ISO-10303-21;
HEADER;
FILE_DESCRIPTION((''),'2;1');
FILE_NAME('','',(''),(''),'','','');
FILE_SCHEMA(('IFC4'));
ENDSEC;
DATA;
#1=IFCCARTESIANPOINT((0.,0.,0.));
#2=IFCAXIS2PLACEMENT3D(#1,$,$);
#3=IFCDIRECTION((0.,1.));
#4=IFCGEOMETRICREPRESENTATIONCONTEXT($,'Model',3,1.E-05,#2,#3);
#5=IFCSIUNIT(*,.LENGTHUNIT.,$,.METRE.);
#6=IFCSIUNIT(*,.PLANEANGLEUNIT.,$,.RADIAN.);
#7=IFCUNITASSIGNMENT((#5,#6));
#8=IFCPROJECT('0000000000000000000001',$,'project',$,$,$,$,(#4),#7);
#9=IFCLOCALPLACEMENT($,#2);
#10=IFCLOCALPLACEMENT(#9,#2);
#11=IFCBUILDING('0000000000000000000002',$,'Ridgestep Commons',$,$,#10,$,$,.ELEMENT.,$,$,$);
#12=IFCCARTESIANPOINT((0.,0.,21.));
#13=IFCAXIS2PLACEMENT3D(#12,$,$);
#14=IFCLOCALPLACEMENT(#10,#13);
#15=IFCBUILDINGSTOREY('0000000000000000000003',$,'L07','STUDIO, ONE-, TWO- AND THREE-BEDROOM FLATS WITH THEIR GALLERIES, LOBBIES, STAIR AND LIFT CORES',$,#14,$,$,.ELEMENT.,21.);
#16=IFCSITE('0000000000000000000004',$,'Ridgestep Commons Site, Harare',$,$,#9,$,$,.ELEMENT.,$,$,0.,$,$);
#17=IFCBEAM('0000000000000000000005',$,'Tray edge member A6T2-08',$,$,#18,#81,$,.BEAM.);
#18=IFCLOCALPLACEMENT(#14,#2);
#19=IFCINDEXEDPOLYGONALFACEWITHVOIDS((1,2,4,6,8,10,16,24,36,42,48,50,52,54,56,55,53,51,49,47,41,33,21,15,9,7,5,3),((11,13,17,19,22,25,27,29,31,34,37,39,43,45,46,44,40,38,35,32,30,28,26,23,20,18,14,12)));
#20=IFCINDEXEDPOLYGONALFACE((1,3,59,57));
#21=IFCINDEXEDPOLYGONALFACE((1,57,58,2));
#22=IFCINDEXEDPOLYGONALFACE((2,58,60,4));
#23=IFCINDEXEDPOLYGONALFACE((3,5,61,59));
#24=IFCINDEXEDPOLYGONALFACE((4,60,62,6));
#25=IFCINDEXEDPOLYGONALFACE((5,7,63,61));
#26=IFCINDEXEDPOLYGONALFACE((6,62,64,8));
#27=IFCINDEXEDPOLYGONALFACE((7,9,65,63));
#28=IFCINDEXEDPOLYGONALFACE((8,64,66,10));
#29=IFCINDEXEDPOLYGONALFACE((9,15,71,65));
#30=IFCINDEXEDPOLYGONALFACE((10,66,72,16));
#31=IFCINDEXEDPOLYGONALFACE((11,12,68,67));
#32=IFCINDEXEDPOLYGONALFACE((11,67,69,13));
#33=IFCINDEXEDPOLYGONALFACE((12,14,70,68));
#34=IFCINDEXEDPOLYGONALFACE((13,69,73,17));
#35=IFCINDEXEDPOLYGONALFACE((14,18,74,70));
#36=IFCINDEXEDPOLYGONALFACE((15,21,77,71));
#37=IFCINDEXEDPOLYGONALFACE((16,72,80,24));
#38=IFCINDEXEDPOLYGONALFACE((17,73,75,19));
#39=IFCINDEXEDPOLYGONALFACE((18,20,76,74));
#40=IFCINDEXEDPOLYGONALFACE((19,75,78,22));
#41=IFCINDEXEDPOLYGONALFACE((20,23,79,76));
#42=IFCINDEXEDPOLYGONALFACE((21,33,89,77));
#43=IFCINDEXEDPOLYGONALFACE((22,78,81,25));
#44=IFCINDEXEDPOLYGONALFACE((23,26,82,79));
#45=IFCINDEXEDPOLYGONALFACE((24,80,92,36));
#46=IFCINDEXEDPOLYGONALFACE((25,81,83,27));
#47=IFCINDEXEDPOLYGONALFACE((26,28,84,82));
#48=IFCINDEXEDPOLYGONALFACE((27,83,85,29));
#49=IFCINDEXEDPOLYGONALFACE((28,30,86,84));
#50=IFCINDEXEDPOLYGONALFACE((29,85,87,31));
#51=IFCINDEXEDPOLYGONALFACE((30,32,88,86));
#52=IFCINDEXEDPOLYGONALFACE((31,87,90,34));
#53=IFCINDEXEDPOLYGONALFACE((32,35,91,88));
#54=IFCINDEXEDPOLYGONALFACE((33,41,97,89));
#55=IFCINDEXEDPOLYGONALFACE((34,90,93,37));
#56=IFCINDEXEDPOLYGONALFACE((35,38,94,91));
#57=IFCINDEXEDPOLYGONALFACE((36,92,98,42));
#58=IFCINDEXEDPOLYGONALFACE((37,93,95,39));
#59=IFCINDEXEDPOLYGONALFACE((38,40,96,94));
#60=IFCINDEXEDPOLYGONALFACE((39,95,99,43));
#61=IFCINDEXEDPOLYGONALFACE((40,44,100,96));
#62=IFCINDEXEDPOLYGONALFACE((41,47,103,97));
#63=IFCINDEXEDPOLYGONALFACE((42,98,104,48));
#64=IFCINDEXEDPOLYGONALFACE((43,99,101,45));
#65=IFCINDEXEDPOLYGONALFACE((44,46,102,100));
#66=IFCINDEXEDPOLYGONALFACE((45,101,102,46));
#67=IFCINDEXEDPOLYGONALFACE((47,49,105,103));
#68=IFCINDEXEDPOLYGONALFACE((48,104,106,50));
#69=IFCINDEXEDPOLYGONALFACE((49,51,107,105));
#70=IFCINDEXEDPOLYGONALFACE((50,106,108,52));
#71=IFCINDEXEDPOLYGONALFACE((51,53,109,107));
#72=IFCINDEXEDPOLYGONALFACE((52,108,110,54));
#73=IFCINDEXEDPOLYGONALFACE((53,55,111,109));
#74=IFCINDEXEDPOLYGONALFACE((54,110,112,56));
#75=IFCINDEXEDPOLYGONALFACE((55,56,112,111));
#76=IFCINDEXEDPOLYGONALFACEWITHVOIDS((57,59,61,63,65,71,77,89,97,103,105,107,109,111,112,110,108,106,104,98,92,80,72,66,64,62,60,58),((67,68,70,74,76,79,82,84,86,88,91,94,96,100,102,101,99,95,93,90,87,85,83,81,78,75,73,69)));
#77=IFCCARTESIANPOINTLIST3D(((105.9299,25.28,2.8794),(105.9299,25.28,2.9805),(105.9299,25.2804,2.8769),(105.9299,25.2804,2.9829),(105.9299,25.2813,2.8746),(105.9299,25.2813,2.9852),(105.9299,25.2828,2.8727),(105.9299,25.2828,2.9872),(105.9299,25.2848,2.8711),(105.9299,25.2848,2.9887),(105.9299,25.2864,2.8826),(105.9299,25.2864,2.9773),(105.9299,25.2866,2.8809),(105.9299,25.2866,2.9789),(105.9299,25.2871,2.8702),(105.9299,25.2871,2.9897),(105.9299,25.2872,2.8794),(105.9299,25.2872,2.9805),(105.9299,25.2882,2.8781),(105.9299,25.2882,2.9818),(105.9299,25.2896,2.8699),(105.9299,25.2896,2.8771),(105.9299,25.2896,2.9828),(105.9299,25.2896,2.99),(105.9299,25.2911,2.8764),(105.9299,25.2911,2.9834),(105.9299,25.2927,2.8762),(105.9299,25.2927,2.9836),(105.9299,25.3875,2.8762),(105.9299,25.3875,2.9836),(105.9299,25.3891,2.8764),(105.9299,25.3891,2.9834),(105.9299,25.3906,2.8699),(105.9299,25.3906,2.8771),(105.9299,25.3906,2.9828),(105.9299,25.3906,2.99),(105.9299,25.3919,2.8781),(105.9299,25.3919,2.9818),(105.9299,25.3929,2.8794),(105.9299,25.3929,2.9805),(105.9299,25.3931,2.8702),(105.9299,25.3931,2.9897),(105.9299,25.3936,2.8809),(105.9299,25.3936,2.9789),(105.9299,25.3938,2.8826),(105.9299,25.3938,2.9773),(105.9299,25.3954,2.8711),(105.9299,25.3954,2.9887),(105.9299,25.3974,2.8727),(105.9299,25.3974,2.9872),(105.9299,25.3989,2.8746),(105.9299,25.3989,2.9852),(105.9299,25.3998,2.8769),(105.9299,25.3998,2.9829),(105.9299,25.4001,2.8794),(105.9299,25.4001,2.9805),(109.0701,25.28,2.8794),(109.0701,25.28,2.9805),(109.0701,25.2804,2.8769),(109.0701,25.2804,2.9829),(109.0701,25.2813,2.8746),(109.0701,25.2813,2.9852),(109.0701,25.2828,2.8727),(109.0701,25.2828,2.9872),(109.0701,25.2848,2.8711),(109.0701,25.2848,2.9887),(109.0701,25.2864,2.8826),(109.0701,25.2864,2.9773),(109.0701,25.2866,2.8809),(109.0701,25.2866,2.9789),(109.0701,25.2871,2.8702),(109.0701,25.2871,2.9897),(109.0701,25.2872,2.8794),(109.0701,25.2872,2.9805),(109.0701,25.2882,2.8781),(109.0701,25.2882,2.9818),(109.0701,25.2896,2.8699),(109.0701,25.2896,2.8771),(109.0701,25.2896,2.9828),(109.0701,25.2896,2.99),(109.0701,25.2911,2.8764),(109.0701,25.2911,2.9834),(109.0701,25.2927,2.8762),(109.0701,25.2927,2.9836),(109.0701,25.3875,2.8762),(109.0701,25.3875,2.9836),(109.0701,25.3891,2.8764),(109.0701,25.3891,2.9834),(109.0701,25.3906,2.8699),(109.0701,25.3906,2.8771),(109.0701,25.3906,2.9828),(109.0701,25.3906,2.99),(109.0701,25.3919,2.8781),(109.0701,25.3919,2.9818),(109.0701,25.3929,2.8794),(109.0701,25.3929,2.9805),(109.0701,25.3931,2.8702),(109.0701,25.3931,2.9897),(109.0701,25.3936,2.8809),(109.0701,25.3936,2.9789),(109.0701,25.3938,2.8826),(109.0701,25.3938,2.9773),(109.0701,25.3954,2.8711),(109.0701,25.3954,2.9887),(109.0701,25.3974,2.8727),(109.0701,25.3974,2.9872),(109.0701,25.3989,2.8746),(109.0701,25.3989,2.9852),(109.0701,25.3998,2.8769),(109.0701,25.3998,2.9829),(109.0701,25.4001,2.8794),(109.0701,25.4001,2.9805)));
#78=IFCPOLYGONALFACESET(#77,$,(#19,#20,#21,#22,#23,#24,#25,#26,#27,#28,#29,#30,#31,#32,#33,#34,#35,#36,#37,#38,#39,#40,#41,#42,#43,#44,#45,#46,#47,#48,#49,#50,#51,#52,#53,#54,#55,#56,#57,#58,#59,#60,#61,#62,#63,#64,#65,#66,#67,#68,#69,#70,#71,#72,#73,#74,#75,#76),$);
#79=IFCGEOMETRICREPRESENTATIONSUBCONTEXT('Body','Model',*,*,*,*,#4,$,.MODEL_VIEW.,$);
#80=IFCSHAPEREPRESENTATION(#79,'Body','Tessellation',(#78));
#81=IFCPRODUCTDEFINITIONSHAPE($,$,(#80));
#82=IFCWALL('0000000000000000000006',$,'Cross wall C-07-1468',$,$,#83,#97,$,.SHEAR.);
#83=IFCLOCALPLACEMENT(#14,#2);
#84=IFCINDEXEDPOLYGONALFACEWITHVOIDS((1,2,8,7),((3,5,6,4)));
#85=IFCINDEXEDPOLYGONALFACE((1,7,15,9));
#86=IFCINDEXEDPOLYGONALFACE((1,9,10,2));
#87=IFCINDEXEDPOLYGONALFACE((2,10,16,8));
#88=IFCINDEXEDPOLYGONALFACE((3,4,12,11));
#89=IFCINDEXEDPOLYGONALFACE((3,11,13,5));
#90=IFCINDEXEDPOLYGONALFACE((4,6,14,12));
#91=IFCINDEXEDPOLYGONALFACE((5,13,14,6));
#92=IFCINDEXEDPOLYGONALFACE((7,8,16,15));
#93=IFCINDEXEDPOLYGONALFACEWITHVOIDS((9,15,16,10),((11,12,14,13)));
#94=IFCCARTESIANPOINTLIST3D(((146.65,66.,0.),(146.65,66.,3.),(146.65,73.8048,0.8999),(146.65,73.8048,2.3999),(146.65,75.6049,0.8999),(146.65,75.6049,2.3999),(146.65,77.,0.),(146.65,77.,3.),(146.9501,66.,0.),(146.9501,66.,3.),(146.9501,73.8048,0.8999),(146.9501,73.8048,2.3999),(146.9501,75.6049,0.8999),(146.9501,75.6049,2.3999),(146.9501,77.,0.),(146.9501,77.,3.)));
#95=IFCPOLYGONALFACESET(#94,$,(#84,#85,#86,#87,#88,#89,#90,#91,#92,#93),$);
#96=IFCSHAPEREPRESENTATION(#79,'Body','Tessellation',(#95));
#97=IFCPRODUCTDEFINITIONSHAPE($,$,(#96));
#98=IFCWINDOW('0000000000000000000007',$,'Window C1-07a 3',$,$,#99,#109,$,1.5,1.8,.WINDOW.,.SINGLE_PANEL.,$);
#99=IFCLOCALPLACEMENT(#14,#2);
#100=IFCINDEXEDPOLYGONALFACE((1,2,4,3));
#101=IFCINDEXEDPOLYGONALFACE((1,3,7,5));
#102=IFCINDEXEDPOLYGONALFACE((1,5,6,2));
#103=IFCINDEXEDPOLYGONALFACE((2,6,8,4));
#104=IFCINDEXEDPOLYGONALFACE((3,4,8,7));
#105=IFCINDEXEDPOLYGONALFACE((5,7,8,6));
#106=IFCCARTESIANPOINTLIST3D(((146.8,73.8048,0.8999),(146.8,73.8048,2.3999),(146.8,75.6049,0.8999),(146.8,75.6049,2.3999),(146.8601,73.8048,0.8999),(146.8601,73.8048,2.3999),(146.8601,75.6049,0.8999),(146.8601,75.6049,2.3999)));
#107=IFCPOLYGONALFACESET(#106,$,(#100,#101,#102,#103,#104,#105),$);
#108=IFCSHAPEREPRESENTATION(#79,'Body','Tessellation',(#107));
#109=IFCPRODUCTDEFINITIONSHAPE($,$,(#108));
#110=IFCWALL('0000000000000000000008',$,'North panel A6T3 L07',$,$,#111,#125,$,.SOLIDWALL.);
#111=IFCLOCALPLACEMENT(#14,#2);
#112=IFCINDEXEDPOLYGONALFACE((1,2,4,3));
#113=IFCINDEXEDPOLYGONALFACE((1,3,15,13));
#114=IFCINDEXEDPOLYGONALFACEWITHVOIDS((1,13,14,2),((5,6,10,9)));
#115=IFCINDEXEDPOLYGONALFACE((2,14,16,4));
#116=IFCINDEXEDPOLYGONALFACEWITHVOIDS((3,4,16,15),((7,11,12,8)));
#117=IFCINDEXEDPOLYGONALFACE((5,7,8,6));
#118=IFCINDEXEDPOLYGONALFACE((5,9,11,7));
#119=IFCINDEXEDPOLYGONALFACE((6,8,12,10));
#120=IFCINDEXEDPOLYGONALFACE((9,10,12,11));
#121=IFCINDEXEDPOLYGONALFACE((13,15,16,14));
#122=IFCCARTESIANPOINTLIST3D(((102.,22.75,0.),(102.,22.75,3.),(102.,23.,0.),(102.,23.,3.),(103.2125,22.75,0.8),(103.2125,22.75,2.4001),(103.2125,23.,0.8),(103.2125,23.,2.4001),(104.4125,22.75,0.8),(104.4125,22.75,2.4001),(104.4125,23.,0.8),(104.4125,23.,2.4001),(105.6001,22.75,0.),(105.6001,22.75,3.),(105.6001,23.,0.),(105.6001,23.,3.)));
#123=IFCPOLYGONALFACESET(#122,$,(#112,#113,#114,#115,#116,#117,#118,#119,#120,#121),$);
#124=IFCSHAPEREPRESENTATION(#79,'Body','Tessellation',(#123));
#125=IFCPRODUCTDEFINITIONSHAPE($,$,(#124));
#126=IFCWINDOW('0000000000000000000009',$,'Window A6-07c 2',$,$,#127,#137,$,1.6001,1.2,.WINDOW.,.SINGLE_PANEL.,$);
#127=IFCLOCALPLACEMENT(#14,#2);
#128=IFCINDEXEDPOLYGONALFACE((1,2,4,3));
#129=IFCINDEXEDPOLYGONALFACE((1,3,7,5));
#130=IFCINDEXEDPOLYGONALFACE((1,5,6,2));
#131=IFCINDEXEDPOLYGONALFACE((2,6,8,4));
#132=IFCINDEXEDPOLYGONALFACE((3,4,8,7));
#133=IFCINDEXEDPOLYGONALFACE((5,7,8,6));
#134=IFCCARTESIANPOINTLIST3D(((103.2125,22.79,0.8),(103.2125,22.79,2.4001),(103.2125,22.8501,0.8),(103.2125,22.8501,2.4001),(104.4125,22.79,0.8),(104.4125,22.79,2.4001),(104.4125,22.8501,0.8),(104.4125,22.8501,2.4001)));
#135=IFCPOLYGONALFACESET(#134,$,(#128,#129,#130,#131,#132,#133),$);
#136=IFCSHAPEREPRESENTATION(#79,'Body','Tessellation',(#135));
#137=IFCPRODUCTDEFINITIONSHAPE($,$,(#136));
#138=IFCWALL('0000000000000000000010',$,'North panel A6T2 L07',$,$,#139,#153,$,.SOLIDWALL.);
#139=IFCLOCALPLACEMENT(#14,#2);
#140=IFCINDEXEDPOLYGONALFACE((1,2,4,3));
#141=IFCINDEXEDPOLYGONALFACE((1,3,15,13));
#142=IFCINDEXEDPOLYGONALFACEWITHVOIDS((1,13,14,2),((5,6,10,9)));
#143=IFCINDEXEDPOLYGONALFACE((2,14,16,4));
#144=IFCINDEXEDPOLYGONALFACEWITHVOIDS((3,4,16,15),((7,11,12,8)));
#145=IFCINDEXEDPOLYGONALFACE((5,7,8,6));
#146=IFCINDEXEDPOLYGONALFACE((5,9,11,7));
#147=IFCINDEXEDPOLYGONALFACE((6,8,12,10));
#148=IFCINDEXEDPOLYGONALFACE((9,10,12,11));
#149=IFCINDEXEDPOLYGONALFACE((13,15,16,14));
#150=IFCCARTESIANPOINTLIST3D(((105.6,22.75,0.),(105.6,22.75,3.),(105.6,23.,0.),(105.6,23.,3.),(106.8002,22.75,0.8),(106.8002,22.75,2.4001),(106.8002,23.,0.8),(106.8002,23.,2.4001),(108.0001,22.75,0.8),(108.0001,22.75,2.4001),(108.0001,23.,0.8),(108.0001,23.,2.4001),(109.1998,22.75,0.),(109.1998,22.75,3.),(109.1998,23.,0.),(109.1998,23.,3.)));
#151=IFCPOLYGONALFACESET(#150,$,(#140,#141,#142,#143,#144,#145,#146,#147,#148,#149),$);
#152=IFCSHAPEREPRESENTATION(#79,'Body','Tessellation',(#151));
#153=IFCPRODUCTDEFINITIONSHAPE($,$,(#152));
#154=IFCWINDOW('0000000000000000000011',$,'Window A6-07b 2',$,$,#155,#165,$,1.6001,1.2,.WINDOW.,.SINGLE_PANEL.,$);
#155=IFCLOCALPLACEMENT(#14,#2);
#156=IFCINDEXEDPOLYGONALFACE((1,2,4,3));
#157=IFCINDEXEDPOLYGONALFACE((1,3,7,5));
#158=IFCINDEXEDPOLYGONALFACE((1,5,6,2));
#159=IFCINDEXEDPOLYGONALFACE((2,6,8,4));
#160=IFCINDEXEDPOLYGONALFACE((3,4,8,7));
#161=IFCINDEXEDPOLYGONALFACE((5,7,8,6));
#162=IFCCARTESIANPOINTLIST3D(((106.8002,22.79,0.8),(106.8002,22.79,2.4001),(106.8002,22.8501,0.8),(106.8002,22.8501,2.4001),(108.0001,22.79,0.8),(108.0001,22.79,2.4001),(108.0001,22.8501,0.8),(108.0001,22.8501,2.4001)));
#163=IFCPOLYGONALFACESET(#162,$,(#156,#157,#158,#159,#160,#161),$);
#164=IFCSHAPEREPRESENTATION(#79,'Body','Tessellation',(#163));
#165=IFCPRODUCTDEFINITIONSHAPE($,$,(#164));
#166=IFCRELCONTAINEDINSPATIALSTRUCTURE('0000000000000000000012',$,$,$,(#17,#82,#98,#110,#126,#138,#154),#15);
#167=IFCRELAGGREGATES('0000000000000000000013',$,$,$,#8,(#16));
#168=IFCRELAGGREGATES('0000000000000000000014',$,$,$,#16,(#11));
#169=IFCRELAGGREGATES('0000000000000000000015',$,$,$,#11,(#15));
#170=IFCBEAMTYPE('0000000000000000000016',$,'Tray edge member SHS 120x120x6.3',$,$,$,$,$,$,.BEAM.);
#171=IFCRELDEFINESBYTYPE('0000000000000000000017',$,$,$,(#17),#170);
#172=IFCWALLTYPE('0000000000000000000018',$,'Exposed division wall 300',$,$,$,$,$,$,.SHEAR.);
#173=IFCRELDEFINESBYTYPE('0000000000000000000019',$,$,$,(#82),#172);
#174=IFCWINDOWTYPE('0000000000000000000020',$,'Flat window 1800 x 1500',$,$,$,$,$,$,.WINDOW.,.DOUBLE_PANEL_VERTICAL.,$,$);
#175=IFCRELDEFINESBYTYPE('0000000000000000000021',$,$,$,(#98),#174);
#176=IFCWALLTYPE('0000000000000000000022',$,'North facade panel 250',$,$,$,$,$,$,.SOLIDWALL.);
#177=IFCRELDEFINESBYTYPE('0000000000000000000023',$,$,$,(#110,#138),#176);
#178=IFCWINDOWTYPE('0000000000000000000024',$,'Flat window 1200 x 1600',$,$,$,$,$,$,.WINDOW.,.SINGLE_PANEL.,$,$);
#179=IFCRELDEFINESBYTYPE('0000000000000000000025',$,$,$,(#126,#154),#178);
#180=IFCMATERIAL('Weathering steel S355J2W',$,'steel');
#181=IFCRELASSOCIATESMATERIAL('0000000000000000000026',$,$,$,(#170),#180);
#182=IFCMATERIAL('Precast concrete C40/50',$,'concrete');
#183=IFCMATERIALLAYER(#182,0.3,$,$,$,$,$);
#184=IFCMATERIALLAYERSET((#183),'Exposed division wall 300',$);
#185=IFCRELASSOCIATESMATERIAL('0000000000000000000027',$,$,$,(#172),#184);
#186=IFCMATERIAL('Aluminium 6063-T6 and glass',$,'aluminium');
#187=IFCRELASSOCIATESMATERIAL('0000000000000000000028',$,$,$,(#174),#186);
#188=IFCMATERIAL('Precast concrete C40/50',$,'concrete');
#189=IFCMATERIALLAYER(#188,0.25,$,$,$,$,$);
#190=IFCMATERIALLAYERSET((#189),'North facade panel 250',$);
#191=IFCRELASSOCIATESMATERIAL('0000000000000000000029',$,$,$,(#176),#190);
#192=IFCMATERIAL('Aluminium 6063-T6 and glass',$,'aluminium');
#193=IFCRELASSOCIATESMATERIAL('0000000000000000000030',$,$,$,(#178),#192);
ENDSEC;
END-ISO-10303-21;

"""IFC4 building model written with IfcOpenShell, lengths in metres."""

from ifc_helpers import new_model, si_unit, direction, frame, frame_2d, origin, origin_2d, place, context, subcontext, project, spatial, rectangle, hollow_rectangle, extrude, material, layer, layer_set, material_profile, profile_set, type_object, element, fill, save


model = new_model("IFC4")

# Units and contexts
model_context = context("Model", 3, precision=1e-05, world=origin(), true_north=direction((0.0, 1.0)))
body_context = subcontext(model_context, "Body", "Model", "MODEL_VIEW")
ifc_project = project(units=[si_unit("LENGTHUNIT", "METRE"), si_unit("PLANEANGLEUNIT", "RADIAN")], contexts=[model_context])

# Site, building, storey
site_placement = place(None, origin())
site = spatial("IfcSite", under=ifc_project, at=site_placement, Name="Ridgestep Commons Site, Harare", CompositionType="ELEMENT", RefElevation=0.0)
building_placement = place(site_placement, origin())
building = spatial("IfcBuilding", under=site, at=building_placement, Name="Ridgestep Commons", CompositionType="ELEMENT")
storey_placement = place(building_placement, frame((0.0, 0.0, 21.0)))
storey = spatial("IfcBuildingStorey", under=building, at=storey_placement, Name="L07", Description="STUDIO, ONE-, TWO- AND THREE-BEDROOM FLATS WITH THEIR GALLERIES, LOBBIES, STAIR AND LIFT CORES", CompositionType="ELEMENT", Elevation=21.0)

# Beam
ifc_material_1 = material(Name="Weathering steel S355J2W", Category="steel")
ifc_material_profile_1 = material_profile(ifc_material_1, hollow_rectangle(XDim=0.1201, YDim=0.1201, WallThickness=0.0063, InnerFilletRadius=0.0063, OuterFilletRadius=0.0095, at=origin_2d()), Name="SHS 120x120x6.3")
ifc_profile_set_1 = profile_set([ifc_material_profile_1], Name="Weathering steel S355J2W")
beam_type_1 = type_object("IfcBeamType", Name="Tray edge member SHS 120x120x6.3", PredefinedType="BEAM", material=ifc_profile_set_1)
beam_placement = place(storey_placement, frame((105.9299, 25.3401, 2.9299), z_axis=(1.0, 0.0, 0.0), x_axis=(0.0, 0.0, 1.0)))
element("IfcBeam", 1, at=beam_placement, inside=storey, type_object=beam_type_1, Name="Tray edge member A6T2-08", PredefinedType="BEAM", context=body_context, shape_type="SweptSolid", body=[
    extrude(hollow_rectangle(XDim=0.1201, YDim=0.1201, WallThickness=0.0063, InnerFilletRadius=0.0063, OuterFilletRadius=0.0095, at=origin_2d()), origin(), (0.0, 0.0, 1.0), 3.1401),
])

# Walls, openings, windows
ifc_material_2 = material(Name="Precast concrete C40/50", Category="concrete")
ifc_layer_1 = layer(ifc_material_2, 0.3)
ifc_layer_set_1 = layer_set([ifc_layer_1], Name="Exposed division wall 300")
wall_type_1 = type_object("IfcWallType", Name="Exposed division wall 300", PredefinedType="SHEAR", material=ifc_layer_set_1)
wall_1_placement = place(storey_placement, frame((146.8, 66.0, 0.0), z_axis=(0.0, 0.0, 1.0), x_axis=(0.0, 1.0, 0.0)))
wall_1 = element("IfcWall", 2, at=wall_1_placement, inside=storey, type_object=wall_type_1, Name="Cross wall C-07-1468", PredefinedType="SHEAR", context=body_context, shape_type="SweptSolid", body=[
    extrude(rectangle(XDim=11.0, YDim=0.3, at=frame_2d((5.5, 0.0))), origin(), (0.0, 0.0, 1.0), 3.0),
])
opening_1_placement = place(wall_1_placement, frame((7.8049, 0.0, 0.8999)))
opening_1 = element("IfcOpeningElement", 3, at=opening_1_placement, cuts=wall_1, PredefinedType="OPENING", context=body_context, shape_type="SweptSolid", body=[
    extrude(rectangle(XDim=1.8, YDim=1.5, at=frame_2d((0.8999, 0.75))), frame((0.0, 0.1599, 0.0), z_axis=(0.0, -1.0, 0.0), x_axis=(1.0, 0.0, 0.0)), (0.0, 0.0, 1.0), 0.3201),
])
ifc_material_3 = material(Name="Aluminium 6063-T6 and glass", Category="aluminium")
window_type_1 = type_object("IfcWindowType", Name="Flat window 1800 x 1500", PartitioningType="DOUBLE_PANEL_VERTICAL", PredefinedType="WINDOW", material=ifc_material_3)
window_1_placement = place(opening_1_placement, origin())
window_1 = element("IfcWindow", 4, at=window_1_placement, inside=storey, type_object=window_type_1, Name="Window C1-07a 3", OverallHeight=1.5, OverallWidth=1.8, PartitioningType="SINGLE_PANEL", PredefinedType="WINDOW", context=body_context, shape_type="SweptSolid", body=[
    extrude(rectangle(XDim=1.8, YDim=1.5, at=frame_2d((0.8999, 0.75))), frame((0.0, 0.0, 0.0), z_axis=(0.0, -1.0, 0.0), x_axis=(1.0, 0.0, 0.0)), (0.0, 0.0, 1.0), 0.0601),
])
fill(opening_1, window_1)
ifc_material_4 = material(Name="Precast concrete C40/50", Category="concrete")
ifc_layer_2 = layer(ifc_material_4, 0.25)
ifc_layer_set_2 = layer_set([ifc_layer_2], Name="North facade panel 250")
wall_type_2 = type_object("IfcWallType", Name="North facade panel 250", PredefinedType="SOLIDWALL", material=ifc_layer_set_2)
wall_2_placement = place(storey_placement, frame((102.0, 22.875, 0.0), z_axis=(0.0, 0.0, 1.0), x_axis=(1.0, 0.0, 0.0)))
wall_2 = element("IfcWall", 5, at=wall_2_placement, inside=storey, type_object=wall_type_2, Name="North panel A6T3 L07", PredefinedType="SOLIDWALL", context=body_context, shape_type="SweptSolid", body=[
    extrude(rectangle(XDim=3.6001, YDim=0.25, at=frame_2d((1.8, 0.0))), origin(), (0.0, 0.0, 1.0), 3.0),
])
opening_2_placement = place(wall_2_placement, frame((1.2124, 0.0, 0.8)))
opening_2 = element("IfcOpeningElement", 6, at=opening_2_placement, cuts=wall_2, PredefinedType="OPENING", context=body_context, shape_type="SweptSolid", body=[
    extrude(rectangle(XDim=1.2, YDim=1.6001, at=frame_2d((0.6001, 0.8))), frame((0.0, 0.135, 0.0), z_axis=(0.0, -1.0, 0.0), x_axis=(1.0, 0.0, 0.0)), (0.0, 0.0, 1.0), 0.27),
])
ifc_material_5 = material(Name="Aluminium 6063-T6 and glass", Category="aluminium")
window_type_2 = type_object("IfcWindowType", Name="Flat window 1200 x 1600", PartitioningType="SINGLE_PANEL", PredefinedType="WINDOW", material=ifc_material_5)
window_2_placement = place(opening_2_placement, origin())
window_2 = element("IfcWindow", 7, at=window_2_placement, inside=storey, type_object=window_type_2, Name="Window A6-07c 2", OverallHeight=1.6001, OverallWidth=1.2, PartitioningType="SINGLE_PANEL", PredefinedType="WINDOW", context=body_context, shape_type="SweptSolid", body=[
    extrude(rectangle(XDim=1.2, YDim=1.6001, at=frame_2d((0.6001, 0.8))), frame((0.0, -0.0249, 0.0), z_axis=(0.0, -1.0, 0.0), x_axis=(1.0, 0.0, 0.0)), (0.0, 0.0, 1.0), 0.0601),
])
fill(opening_2, window_2)
wall_3_placement = place(storey_placement, frame((105.6001, 22.875, 0.0), z_axis=(0.0, 0.0, 1.0), x_axis=(1.0, 0.0, 0.0)))
wall_3 = element("IfcWall", 8, at=wall_3_placement, inside=storey, type_object=wall_type_2, Name="North panel A6T2 L07", PredefinedType="SOLIDWALL", context=body_context, shape_type="SweptSolid", body=[
    extrude(rectangle(XDim=3.5999, YDim=0.25, at=frame_2d((1.7998, 0.0))), origin(), (0.0, 0.0, 1.0), 3.0),
])
opening_3_placement = place(wall_3_placement, frame((1.2, 0.0, 0.8)))
opening_3 = element("IfcOpeningElement", 9, at=opening_3_placement, cuts=wall_3, PredefinedType="OPENING", context=body_context, shape_type="SweptSolid", body=[
    extrude(rectangle(XDim=1.2, YDim=1.6001, at=frame_2d((0.6001, 0.8))), frame((0.0, 0.135, 0.0), z_axis=(0.0, -1.0, 0.0), x_axis=(1.0, 0.0, 0.0)), (0.0, 0.0, 1.0), 0.27),
])
window_3_placement = place(opening_3_placement, origin())
window_3 = element("IfcWindow", 10, at=window_3_placement, inside=storey, type_object=window_type_2, Name="Window A6-07b 2", OverallHeight=1.6001, OverallWidth=1.2, PartitioningType="SINGLE_PANEL", PredefinedType="WINDOW", context=body_context, shape_type="SweptSolid", body=[
    extrude(rectangle(XDim=1.2, YDim=1.6001, at=frame_2d((0.6001, 0.8))), frame((0.0, -0.0249, 0.0), z_axis=(0.0, -1.0, 0.0), x_axis=(1.0, 0.0, 0.0)), (0.0, 0.0, 1.0), 0.0601),
])
fill(opening_3, window_3)

save(model, "model.ifc")
